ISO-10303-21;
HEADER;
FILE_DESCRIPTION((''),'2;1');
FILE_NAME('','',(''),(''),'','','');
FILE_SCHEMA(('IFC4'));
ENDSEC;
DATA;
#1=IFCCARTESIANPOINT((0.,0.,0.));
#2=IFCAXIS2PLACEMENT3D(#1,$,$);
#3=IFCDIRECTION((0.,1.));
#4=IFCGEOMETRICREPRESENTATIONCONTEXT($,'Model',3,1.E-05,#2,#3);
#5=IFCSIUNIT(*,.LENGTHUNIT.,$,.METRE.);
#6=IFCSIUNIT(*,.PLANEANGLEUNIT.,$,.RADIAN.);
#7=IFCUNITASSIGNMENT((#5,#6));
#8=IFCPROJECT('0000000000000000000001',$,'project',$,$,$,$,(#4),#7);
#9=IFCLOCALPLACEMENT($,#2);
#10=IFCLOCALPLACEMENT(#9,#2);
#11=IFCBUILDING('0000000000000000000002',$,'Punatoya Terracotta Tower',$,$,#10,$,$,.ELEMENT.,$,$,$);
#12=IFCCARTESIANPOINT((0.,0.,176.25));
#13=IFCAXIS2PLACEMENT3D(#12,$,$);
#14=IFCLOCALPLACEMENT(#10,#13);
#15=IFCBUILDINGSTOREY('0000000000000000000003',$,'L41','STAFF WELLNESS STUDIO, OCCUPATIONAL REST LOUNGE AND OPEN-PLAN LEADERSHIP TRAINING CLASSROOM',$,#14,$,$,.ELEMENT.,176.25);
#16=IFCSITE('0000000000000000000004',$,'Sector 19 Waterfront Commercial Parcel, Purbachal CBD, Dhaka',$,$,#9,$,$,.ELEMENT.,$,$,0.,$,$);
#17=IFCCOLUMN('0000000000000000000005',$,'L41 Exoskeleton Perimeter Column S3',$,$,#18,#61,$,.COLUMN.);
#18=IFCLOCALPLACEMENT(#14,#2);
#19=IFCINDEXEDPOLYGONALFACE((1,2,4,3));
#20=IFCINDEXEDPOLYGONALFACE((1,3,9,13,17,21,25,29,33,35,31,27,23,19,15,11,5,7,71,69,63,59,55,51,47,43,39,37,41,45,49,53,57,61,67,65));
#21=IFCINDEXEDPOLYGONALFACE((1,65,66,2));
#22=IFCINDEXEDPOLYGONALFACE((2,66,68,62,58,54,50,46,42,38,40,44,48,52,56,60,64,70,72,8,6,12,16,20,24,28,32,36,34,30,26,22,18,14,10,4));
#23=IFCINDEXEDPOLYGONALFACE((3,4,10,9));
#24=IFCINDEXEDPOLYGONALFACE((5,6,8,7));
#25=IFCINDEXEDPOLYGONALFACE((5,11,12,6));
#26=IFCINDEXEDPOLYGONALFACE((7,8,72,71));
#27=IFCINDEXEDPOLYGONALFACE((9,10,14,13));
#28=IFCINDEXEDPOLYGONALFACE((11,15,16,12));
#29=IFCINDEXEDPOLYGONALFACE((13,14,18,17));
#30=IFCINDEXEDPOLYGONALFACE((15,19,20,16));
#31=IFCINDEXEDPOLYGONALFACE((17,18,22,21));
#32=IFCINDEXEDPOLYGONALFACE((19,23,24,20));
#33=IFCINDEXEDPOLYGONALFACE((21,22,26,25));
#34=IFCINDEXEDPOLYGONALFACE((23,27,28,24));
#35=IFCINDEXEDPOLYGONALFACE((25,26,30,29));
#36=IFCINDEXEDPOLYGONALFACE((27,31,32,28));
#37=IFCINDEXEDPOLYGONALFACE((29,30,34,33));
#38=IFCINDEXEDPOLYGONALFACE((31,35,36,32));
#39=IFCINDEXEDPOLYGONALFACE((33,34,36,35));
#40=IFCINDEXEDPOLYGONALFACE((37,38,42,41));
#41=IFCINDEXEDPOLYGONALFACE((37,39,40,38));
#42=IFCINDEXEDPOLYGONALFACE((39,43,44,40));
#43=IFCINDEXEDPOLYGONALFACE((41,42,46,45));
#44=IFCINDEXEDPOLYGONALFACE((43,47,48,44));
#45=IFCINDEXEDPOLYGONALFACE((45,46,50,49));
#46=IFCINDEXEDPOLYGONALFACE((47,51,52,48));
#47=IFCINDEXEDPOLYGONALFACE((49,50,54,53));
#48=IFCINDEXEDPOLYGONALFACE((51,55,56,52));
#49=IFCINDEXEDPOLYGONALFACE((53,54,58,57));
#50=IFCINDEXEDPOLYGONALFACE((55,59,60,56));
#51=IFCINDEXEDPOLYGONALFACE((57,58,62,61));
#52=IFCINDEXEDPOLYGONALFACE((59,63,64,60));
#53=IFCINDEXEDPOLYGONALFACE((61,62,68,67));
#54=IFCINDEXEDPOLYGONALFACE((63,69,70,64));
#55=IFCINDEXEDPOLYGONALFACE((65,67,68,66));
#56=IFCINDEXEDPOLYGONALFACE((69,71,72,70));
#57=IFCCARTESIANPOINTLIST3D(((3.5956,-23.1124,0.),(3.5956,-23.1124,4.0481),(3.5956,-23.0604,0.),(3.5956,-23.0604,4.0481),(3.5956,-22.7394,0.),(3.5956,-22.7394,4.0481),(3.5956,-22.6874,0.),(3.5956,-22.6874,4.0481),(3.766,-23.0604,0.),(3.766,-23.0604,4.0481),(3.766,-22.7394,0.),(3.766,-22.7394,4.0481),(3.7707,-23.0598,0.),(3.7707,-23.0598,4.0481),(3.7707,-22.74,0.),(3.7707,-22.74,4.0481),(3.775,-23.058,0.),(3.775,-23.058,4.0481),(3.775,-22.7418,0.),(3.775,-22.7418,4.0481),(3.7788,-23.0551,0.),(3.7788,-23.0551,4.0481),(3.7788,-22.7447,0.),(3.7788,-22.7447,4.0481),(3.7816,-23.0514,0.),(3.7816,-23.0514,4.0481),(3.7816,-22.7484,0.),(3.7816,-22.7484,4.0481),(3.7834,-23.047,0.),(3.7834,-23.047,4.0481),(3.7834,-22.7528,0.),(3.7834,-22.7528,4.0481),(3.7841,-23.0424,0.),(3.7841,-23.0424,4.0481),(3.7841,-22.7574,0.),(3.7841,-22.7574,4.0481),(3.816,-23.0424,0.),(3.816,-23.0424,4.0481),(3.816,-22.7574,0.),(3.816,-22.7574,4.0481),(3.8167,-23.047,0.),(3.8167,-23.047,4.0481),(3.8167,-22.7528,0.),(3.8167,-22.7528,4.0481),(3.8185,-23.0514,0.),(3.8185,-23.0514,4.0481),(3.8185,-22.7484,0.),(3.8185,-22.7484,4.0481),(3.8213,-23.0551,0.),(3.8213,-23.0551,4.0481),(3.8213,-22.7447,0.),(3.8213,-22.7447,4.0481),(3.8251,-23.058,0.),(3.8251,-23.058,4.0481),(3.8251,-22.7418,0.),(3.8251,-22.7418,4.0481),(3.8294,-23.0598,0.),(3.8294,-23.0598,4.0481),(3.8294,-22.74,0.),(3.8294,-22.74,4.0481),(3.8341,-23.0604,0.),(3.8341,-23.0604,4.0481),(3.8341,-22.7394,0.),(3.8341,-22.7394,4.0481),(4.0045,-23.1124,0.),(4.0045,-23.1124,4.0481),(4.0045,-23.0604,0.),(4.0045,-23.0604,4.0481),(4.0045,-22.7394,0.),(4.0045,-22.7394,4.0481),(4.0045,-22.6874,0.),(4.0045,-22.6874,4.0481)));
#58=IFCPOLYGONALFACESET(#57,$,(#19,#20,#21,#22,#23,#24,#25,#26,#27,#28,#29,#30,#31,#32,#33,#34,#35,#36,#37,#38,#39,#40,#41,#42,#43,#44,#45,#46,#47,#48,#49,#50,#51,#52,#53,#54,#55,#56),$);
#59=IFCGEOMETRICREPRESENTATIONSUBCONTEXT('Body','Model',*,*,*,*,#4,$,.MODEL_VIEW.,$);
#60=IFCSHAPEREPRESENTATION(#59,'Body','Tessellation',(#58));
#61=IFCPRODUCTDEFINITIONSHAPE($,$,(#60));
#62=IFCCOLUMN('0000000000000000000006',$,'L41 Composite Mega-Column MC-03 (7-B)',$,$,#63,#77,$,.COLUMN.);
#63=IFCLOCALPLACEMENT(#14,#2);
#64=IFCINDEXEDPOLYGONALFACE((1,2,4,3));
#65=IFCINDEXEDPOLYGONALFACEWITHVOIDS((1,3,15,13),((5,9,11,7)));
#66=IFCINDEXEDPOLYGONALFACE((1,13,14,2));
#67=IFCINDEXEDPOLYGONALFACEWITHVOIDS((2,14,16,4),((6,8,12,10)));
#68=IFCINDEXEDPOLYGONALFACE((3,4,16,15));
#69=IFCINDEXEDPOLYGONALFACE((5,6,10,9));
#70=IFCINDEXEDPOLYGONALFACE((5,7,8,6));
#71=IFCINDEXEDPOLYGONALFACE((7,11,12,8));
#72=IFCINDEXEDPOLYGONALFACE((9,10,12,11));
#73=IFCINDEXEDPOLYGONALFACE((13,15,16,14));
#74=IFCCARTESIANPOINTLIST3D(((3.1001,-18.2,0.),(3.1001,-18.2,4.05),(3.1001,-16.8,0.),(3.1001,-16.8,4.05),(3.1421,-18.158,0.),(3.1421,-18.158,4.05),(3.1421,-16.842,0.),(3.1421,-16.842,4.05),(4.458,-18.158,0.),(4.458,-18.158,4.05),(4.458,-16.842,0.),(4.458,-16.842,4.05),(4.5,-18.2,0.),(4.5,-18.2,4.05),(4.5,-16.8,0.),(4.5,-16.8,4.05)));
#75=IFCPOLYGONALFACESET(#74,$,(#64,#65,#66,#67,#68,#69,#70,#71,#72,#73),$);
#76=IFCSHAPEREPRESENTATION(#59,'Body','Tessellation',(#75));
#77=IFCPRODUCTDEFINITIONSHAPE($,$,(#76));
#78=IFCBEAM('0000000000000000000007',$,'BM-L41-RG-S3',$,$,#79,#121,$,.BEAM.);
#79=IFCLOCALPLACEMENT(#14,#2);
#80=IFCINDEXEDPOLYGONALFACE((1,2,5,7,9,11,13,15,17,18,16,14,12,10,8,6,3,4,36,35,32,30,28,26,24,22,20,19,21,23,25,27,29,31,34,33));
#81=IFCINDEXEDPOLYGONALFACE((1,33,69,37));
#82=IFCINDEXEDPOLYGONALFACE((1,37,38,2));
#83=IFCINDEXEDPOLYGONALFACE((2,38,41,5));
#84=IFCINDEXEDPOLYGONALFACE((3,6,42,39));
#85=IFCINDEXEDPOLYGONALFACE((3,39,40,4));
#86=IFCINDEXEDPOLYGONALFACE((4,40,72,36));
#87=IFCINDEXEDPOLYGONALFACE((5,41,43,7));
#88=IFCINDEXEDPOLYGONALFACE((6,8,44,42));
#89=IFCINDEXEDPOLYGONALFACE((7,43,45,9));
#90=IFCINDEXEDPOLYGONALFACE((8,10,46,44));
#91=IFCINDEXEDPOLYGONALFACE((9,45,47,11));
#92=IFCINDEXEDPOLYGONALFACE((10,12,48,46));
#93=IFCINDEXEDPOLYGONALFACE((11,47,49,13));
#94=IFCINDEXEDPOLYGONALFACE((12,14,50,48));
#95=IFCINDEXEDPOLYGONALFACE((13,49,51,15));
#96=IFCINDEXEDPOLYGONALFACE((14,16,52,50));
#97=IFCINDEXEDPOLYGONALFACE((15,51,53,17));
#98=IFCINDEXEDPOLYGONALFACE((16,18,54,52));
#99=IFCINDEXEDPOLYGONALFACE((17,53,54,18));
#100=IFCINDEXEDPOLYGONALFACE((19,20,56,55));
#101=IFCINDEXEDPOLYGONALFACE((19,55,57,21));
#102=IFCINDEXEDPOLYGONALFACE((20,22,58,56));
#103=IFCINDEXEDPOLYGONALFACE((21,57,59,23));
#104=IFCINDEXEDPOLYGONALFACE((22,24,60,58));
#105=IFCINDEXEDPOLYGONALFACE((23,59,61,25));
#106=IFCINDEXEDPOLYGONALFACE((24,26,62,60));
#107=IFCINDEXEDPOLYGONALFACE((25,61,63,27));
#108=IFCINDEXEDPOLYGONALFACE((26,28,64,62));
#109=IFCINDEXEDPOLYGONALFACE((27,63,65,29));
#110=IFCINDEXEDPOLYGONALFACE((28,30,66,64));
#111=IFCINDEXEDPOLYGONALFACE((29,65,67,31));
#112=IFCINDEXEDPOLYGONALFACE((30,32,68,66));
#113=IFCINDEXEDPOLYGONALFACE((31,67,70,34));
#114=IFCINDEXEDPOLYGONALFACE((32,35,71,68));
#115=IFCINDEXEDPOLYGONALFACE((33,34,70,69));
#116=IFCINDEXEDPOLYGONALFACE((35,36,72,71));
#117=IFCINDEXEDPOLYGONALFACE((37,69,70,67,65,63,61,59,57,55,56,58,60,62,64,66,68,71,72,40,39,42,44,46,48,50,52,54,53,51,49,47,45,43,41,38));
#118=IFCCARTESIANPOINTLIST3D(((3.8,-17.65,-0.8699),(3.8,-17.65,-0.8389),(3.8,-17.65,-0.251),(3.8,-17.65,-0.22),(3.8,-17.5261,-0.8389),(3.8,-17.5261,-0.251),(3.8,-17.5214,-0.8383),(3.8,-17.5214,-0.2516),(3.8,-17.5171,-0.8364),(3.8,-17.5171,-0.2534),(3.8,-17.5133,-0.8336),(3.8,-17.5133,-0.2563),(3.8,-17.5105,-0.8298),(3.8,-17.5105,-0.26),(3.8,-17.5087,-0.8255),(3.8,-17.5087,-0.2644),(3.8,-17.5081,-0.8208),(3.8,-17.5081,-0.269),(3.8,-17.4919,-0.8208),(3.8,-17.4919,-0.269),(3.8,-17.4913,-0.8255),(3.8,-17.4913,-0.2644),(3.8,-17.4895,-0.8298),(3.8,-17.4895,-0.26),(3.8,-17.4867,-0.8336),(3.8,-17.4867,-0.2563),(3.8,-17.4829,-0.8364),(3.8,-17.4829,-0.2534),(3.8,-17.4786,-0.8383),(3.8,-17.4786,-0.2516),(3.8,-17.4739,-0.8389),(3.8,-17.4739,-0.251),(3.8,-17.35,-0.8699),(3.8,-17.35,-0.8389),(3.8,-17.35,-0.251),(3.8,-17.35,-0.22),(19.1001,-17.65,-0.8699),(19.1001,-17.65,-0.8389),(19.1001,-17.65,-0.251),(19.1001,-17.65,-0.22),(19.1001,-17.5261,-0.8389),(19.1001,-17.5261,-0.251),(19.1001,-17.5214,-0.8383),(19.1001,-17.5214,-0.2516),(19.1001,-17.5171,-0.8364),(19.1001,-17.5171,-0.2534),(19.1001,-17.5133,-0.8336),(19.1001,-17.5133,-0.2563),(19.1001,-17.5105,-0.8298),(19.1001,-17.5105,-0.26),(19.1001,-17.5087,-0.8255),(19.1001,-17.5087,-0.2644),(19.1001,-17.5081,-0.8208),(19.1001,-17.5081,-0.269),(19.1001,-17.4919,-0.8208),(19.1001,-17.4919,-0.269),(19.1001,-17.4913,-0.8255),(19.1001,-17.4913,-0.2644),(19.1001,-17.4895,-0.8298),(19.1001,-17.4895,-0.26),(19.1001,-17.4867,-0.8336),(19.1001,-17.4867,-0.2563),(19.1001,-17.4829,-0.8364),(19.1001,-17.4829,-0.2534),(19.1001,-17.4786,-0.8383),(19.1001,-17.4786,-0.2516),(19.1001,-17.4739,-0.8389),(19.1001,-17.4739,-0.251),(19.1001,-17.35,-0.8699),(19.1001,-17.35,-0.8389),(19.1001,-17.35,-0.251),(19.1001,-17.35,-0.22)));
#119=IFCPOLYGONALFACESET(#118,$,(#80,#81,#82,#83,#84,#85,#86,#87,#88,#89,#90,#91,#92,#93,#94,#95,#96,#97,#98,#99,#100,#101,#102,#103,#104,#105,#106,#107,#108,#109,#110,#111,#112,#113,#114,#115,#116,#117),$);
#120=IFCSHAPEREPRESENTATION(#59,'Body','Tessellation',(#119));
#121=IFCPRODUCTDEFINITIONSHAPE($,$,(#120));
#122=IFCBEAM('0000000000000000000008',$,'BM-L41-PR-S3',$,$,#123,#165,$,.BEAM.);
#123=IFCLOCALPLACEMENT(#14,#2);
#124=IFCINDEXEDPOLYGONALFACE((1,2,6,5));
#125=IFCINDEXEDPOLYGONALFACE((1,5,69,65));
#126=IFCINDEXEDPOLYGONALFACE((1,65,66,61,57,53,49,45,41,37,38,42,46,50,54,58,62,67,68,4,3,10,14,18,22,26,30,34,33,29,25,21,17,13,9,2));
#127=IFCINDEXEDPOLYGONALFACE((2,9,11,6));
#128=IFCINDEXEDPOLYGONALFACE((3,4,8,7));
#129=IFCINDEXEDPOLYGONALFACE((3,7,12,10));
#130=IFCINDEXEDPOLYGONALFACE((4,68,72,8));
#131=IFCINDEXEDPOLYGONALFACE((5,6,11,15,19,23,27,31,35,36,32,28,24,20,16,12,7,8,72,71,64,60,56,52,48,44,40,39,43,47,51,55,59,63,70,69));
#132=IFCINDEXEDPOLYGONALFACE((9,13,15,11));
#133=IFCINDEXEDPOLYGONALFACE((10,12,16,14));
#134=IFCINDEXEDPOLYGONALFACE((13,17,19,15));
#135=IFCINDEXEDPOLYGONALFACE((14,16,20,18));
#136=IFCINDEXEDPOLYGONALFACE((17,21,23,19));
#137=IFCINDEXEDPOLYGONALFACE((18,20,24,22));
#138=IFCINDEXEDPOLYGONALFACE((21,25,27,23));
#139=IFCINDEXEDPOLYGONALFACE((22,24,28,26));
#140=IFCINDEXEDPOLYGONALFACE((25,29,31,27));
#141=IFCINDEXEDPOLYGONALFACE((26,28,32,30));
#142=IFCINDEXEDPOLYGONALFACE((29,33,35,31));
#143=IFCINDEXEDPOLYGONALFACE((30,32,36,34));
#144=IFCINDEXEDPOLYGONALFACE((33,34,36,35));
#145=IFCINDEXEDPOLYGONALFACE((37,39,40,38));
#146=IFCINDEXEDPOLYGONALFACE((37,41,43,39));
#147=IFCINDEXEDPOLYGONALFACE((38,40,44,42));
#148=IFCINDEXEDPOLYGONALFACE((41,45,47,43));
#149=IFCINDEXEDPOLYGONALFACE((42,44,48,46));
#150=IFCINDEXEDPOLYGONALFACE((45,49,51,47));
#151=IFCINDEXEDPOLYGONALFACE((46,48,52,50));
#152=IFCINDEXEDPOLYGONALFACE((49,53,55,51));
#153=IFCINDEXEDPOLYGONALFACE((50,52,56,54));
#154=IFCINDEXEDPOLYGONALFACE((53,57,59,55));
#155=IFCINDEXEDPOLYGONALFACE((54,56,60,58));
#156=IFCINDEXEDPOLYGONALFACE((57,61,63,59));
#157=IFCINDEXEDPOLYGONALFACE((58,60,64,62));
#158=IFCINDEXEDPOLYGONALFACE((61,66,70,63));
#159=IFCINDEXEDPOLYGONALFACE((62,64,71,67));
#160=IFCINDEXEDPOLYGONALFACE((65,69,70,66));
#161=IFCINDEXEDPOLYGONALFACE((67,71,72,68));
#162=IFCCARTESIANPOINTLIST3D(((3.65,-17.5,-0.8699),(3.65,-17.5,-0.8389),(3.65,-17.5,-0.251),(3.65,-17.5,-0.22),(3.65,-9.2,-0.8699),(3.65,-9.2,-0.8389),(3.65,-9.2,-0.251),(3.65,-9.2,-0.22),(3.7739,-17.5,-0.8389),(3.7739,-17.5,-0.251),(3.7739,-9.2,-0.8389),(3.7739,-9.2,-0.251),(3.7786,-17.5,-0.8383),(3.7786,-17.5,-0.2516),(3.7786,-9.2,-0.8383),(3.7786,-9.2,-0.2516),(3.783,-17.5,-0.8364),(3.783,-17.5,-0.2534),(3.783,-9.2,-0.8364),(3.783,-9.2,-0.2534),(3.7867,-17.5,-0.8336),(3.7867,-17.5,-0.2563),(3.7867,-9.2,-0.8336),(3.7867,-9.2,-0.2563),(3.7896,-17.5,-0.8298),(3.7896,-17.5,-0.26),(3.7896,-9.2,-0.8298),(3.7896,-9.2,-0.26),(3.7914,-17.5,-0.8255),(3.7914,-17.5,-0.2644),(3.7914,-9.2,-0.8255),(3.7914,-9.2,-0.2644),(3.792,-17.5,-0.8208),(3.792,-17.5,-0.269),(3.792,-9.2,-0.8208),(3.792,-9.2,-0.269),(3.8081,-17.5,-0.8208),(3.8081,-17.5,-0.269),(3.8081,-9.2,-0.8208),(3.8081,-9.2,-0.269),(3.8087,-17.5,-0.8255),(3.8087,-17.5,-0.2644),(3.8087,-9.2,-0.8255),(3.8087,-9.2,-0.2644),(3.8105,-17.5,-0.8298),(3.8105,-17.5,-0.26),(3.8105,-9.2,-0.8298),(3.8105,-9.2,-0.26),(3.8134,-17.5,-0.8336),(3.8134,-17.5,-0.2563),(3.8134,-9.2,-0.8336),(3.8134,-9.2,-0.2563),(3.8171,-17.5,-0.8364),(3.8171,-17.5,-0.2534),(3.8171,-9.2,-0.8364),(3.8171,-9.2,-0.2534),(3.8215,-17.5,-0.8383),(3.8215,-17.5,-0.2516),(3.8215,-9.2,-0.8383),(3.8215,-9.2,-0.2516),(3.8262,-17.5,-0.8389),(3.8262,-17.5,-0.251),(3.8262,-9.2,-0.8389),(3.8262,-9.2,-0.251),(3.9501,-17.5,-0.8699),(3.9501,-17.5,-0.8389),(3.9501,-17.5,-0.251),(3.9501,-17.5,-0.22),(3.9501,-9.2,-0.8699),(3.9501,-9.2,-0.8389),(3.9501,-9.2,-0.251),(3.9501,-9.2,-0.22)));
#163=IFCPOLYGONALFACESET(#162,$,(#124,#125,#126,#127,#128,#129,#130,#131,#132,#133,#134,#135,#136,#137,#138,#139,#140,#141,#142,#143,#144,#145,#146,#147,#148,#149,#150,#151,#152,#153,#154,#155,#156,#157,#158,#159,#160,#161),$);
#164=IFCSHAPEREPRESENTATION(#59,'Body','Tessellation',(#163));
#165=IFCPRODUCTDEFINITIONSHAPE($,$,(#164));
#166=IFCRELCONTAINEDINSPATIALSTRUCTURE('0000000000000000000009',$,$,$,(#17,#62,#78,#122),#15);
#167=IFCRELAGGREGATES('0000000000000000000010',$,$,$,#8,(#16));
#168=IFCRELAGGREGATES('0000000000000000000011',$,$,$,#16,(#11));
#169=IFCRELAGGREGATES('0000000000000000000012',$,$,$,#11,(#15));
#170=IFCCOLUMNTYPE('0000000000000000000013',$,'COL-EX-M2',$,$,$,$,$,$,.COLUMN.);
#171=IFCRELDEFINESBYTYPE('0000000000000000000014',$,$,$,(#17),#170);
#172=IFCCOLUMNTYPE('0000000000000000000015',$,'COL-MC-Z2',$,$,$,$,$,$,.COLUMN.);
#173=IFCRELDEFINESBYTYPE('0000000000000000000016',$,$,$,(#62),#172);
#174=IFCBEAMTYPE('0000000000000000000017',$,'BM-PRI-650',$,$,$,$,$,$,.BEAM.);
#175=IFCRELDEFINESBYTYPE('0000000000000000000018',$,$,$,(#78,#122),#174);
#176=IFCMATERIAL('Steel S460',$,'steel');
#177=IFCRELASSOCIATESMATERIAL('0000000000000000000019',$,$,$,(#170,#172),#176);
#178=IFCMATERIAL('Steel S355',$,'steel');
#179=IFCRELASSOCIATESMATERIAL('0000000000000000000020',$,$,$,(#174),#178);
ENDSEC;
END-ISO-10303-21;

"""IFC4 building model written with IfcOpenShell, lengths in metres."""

from ifc_helpers import new_model, si_unit, direction, frame, origin, origin_2d, place, context, subcontext, project, spatial, hollow_rectangle, i_section, extrude, material, material_profile, profile_set, type_object, element, save


model = new_model("IFC4")

# Units and contexts
model_context = context("Model", 3, precision=1e-05, world=origin(), true_north=direction((0.0, 1.0)))
body_context = subcontext(model_context, "Body", "Model", "MODEL_VIEW")
ifc_project = project(units=[si_unit("LENGTHUNIT", "METRE"), si_unit("PLANEANGLEUNIT", "RADIAN")], contexts=[model_context])

# Site, building, storey
site_placement = place(None, origin())
site = spatial("IfcSite", under=ifc_project, at=site_placement, Name="Sector 19 Waterfront Commercial Parcel, Purbachal CBD, Dhaka", CompositionType="ELEMENT", RefElevation=0.0)
building_placement = place(site_placement, origin())
building = spatial("IfcBuilding", under=site, at=building_placement, Name="Punatoya Terracotta Tower", CompositionType="ELEMENT")
storey_placement = place(building_placement, frame((0.0, 0.0, 176.25)))
storey = spatial("IfcBuildingStorey", under=building, at=storey_placement, Name="L41", Description="STAFF WELLNESS STUDIO, OCCUPATIONAL REST LOUNGE AND OPEN-PLAN LEADERSHIP TRAINING CLASSROOM", CompositionType="ELEMENT", Elevation=176.25)

# Columns
ifc_material_1 = material(Name="Steel S460", Category="steel")
ifc_material_profile_1 = material_profile(ifc_material_1, i_section(OverallWidth=0.4089, OverallDepth=0.425, WebThickness=0.032, FlangeThickness=0.052, FilletRadius=0.0181, at=origin_2d()))
ifc_profile_set_1 = profile_set([ifc_material_profile_1], Name="Steel S460")
column_type_1 = type_object("IfcColumnType", Name="COL-EX-M2", PredefinedType="COLUMN", material=ifc_profile_set_1)
column_1_placement = place(storey_placement, frame((3.8, -22.8999, 0.0), z_axis=(0.0, 0.0, 1.0), x_axis=(1.0, 0.0, 0.0)))
element("IfcColumn", 1, at=column_1_placement, inside=storey, type_object=column_type_1, Name="L41 Exoskeleton Perimeter Column S3", PredefinedType="COLUMN", context=body_context, shape_type="SweptSolid", body=[
    extrude(i_section(OverallWidth=0.4089, OverallDepth=0.425, WebThickness=0.032, FlangeThickness=0.052, FilletRadius=0.0181, at=origin_2d()), origin(), (0.0, 0.0, 1.0), 4.0481),
])
ifc_material_profile_2 = material_profile(ifc_material_1, hollow_rectangle(XDim=1.3999, YDim=1.3999, WallThickness=0.042, at=origin_2d()))
ifc_profile_set_2 = profile_set([ifc_material_profile_2], Name="Steel S460")
column_type_2 = type_object("IfcColumnType", Name="COL-MC-Z2", PredefinedType="COLUMN", material=ifc_profile_set_2)
column_2_placement = place(storey_placement, frame((3.8, -17.5, 0.0), z_axis=(0.0, 0.0, 1.0), x_axis=(1.0, 0.0, 0.0)))
element("IfcColumn", 2, at=column_2_placement, inside=storey, type_object=column_type_2, Name="L41 Composite Mega-Column MC-03 (7-B)", PredefinedType="COLUMN", context=body_context, shape_type="SweptSolid", body=[
    extrude(hollow_rectangle(XDim=1.3999, YDim=1.3999, WallThickness=0.042, at=origin_2d()), origin(), (0.0, 0.0, 1.0), 4.05),
])

# Beams
ifc_material_2 = material(Name="Steel S355", Category="steel")
ifc_material_profile_3 = material_profile(ifc_material_2, i_section(OverallWidth=0.3, OverallDepth=0.6499, WebThickness=0.0161, FlangeThickness=0.031, FilletRadius=0.0181, at=origin_2d()))
ifc_profile_set_3 = profile_set([ifc_material_profile_3], Name="Steel S355")
beam_type_1 = type_object("IfcBeamType", Name="BM-PRI-650", PredefinedType="BEAM", material=ifc_profile_set_3)
beam_1_placement = place(storey_placement, frame((3.8, -17.5, -0.5449), z_axis=(1.0, 0.0, 0.0), x_axis=(0.0, 1.0, 0.0)))
element("IfcBeam", 3, at=beam_1_placement, inside=storey, type_object=beam_type_1, Name="BM-L41-RG-S3", PredefinedType="BEAM", context=body_context, shape_type="SweptSolid", body=[
    extrude(i_section(OverallWidth=0.3, OverallDepth=0.6499, WebThickness=0.0161, FlangeThickness=0.031, FilletRadius=0.0181, at=origin_2d()), origin(), (0.0, 0.0, 1.0), 15.3),
])
for number, where, z_axis, x_axis, name in (
    (4, (3.8, -17.5, -0.5449), (0.0, 1.0, 0.0), (-1.0, 0.0, 0.0), "BM-L41-PR-S3"),
):
    element("IfcBeam", number, at=place(storey_placement, frame(where, z_axis=z_axis, x_axis=x_axis)), inside=storey, type_object=beam_type_1, Name=name, PredefinedType="BEAM", context=body_context, shape_type="SweptSolid", body=[
        extrude(i_section(OverallWidth=0.3, OverallDepth=0.6499, WebThickness=0.0161, FlangeThickness=0.031, FilletRadius=0.0181, at=origin_2d()), origin(), (0.0, 0.0, 1.0), 8.3),
    ])

save(model, "model.ifc")
